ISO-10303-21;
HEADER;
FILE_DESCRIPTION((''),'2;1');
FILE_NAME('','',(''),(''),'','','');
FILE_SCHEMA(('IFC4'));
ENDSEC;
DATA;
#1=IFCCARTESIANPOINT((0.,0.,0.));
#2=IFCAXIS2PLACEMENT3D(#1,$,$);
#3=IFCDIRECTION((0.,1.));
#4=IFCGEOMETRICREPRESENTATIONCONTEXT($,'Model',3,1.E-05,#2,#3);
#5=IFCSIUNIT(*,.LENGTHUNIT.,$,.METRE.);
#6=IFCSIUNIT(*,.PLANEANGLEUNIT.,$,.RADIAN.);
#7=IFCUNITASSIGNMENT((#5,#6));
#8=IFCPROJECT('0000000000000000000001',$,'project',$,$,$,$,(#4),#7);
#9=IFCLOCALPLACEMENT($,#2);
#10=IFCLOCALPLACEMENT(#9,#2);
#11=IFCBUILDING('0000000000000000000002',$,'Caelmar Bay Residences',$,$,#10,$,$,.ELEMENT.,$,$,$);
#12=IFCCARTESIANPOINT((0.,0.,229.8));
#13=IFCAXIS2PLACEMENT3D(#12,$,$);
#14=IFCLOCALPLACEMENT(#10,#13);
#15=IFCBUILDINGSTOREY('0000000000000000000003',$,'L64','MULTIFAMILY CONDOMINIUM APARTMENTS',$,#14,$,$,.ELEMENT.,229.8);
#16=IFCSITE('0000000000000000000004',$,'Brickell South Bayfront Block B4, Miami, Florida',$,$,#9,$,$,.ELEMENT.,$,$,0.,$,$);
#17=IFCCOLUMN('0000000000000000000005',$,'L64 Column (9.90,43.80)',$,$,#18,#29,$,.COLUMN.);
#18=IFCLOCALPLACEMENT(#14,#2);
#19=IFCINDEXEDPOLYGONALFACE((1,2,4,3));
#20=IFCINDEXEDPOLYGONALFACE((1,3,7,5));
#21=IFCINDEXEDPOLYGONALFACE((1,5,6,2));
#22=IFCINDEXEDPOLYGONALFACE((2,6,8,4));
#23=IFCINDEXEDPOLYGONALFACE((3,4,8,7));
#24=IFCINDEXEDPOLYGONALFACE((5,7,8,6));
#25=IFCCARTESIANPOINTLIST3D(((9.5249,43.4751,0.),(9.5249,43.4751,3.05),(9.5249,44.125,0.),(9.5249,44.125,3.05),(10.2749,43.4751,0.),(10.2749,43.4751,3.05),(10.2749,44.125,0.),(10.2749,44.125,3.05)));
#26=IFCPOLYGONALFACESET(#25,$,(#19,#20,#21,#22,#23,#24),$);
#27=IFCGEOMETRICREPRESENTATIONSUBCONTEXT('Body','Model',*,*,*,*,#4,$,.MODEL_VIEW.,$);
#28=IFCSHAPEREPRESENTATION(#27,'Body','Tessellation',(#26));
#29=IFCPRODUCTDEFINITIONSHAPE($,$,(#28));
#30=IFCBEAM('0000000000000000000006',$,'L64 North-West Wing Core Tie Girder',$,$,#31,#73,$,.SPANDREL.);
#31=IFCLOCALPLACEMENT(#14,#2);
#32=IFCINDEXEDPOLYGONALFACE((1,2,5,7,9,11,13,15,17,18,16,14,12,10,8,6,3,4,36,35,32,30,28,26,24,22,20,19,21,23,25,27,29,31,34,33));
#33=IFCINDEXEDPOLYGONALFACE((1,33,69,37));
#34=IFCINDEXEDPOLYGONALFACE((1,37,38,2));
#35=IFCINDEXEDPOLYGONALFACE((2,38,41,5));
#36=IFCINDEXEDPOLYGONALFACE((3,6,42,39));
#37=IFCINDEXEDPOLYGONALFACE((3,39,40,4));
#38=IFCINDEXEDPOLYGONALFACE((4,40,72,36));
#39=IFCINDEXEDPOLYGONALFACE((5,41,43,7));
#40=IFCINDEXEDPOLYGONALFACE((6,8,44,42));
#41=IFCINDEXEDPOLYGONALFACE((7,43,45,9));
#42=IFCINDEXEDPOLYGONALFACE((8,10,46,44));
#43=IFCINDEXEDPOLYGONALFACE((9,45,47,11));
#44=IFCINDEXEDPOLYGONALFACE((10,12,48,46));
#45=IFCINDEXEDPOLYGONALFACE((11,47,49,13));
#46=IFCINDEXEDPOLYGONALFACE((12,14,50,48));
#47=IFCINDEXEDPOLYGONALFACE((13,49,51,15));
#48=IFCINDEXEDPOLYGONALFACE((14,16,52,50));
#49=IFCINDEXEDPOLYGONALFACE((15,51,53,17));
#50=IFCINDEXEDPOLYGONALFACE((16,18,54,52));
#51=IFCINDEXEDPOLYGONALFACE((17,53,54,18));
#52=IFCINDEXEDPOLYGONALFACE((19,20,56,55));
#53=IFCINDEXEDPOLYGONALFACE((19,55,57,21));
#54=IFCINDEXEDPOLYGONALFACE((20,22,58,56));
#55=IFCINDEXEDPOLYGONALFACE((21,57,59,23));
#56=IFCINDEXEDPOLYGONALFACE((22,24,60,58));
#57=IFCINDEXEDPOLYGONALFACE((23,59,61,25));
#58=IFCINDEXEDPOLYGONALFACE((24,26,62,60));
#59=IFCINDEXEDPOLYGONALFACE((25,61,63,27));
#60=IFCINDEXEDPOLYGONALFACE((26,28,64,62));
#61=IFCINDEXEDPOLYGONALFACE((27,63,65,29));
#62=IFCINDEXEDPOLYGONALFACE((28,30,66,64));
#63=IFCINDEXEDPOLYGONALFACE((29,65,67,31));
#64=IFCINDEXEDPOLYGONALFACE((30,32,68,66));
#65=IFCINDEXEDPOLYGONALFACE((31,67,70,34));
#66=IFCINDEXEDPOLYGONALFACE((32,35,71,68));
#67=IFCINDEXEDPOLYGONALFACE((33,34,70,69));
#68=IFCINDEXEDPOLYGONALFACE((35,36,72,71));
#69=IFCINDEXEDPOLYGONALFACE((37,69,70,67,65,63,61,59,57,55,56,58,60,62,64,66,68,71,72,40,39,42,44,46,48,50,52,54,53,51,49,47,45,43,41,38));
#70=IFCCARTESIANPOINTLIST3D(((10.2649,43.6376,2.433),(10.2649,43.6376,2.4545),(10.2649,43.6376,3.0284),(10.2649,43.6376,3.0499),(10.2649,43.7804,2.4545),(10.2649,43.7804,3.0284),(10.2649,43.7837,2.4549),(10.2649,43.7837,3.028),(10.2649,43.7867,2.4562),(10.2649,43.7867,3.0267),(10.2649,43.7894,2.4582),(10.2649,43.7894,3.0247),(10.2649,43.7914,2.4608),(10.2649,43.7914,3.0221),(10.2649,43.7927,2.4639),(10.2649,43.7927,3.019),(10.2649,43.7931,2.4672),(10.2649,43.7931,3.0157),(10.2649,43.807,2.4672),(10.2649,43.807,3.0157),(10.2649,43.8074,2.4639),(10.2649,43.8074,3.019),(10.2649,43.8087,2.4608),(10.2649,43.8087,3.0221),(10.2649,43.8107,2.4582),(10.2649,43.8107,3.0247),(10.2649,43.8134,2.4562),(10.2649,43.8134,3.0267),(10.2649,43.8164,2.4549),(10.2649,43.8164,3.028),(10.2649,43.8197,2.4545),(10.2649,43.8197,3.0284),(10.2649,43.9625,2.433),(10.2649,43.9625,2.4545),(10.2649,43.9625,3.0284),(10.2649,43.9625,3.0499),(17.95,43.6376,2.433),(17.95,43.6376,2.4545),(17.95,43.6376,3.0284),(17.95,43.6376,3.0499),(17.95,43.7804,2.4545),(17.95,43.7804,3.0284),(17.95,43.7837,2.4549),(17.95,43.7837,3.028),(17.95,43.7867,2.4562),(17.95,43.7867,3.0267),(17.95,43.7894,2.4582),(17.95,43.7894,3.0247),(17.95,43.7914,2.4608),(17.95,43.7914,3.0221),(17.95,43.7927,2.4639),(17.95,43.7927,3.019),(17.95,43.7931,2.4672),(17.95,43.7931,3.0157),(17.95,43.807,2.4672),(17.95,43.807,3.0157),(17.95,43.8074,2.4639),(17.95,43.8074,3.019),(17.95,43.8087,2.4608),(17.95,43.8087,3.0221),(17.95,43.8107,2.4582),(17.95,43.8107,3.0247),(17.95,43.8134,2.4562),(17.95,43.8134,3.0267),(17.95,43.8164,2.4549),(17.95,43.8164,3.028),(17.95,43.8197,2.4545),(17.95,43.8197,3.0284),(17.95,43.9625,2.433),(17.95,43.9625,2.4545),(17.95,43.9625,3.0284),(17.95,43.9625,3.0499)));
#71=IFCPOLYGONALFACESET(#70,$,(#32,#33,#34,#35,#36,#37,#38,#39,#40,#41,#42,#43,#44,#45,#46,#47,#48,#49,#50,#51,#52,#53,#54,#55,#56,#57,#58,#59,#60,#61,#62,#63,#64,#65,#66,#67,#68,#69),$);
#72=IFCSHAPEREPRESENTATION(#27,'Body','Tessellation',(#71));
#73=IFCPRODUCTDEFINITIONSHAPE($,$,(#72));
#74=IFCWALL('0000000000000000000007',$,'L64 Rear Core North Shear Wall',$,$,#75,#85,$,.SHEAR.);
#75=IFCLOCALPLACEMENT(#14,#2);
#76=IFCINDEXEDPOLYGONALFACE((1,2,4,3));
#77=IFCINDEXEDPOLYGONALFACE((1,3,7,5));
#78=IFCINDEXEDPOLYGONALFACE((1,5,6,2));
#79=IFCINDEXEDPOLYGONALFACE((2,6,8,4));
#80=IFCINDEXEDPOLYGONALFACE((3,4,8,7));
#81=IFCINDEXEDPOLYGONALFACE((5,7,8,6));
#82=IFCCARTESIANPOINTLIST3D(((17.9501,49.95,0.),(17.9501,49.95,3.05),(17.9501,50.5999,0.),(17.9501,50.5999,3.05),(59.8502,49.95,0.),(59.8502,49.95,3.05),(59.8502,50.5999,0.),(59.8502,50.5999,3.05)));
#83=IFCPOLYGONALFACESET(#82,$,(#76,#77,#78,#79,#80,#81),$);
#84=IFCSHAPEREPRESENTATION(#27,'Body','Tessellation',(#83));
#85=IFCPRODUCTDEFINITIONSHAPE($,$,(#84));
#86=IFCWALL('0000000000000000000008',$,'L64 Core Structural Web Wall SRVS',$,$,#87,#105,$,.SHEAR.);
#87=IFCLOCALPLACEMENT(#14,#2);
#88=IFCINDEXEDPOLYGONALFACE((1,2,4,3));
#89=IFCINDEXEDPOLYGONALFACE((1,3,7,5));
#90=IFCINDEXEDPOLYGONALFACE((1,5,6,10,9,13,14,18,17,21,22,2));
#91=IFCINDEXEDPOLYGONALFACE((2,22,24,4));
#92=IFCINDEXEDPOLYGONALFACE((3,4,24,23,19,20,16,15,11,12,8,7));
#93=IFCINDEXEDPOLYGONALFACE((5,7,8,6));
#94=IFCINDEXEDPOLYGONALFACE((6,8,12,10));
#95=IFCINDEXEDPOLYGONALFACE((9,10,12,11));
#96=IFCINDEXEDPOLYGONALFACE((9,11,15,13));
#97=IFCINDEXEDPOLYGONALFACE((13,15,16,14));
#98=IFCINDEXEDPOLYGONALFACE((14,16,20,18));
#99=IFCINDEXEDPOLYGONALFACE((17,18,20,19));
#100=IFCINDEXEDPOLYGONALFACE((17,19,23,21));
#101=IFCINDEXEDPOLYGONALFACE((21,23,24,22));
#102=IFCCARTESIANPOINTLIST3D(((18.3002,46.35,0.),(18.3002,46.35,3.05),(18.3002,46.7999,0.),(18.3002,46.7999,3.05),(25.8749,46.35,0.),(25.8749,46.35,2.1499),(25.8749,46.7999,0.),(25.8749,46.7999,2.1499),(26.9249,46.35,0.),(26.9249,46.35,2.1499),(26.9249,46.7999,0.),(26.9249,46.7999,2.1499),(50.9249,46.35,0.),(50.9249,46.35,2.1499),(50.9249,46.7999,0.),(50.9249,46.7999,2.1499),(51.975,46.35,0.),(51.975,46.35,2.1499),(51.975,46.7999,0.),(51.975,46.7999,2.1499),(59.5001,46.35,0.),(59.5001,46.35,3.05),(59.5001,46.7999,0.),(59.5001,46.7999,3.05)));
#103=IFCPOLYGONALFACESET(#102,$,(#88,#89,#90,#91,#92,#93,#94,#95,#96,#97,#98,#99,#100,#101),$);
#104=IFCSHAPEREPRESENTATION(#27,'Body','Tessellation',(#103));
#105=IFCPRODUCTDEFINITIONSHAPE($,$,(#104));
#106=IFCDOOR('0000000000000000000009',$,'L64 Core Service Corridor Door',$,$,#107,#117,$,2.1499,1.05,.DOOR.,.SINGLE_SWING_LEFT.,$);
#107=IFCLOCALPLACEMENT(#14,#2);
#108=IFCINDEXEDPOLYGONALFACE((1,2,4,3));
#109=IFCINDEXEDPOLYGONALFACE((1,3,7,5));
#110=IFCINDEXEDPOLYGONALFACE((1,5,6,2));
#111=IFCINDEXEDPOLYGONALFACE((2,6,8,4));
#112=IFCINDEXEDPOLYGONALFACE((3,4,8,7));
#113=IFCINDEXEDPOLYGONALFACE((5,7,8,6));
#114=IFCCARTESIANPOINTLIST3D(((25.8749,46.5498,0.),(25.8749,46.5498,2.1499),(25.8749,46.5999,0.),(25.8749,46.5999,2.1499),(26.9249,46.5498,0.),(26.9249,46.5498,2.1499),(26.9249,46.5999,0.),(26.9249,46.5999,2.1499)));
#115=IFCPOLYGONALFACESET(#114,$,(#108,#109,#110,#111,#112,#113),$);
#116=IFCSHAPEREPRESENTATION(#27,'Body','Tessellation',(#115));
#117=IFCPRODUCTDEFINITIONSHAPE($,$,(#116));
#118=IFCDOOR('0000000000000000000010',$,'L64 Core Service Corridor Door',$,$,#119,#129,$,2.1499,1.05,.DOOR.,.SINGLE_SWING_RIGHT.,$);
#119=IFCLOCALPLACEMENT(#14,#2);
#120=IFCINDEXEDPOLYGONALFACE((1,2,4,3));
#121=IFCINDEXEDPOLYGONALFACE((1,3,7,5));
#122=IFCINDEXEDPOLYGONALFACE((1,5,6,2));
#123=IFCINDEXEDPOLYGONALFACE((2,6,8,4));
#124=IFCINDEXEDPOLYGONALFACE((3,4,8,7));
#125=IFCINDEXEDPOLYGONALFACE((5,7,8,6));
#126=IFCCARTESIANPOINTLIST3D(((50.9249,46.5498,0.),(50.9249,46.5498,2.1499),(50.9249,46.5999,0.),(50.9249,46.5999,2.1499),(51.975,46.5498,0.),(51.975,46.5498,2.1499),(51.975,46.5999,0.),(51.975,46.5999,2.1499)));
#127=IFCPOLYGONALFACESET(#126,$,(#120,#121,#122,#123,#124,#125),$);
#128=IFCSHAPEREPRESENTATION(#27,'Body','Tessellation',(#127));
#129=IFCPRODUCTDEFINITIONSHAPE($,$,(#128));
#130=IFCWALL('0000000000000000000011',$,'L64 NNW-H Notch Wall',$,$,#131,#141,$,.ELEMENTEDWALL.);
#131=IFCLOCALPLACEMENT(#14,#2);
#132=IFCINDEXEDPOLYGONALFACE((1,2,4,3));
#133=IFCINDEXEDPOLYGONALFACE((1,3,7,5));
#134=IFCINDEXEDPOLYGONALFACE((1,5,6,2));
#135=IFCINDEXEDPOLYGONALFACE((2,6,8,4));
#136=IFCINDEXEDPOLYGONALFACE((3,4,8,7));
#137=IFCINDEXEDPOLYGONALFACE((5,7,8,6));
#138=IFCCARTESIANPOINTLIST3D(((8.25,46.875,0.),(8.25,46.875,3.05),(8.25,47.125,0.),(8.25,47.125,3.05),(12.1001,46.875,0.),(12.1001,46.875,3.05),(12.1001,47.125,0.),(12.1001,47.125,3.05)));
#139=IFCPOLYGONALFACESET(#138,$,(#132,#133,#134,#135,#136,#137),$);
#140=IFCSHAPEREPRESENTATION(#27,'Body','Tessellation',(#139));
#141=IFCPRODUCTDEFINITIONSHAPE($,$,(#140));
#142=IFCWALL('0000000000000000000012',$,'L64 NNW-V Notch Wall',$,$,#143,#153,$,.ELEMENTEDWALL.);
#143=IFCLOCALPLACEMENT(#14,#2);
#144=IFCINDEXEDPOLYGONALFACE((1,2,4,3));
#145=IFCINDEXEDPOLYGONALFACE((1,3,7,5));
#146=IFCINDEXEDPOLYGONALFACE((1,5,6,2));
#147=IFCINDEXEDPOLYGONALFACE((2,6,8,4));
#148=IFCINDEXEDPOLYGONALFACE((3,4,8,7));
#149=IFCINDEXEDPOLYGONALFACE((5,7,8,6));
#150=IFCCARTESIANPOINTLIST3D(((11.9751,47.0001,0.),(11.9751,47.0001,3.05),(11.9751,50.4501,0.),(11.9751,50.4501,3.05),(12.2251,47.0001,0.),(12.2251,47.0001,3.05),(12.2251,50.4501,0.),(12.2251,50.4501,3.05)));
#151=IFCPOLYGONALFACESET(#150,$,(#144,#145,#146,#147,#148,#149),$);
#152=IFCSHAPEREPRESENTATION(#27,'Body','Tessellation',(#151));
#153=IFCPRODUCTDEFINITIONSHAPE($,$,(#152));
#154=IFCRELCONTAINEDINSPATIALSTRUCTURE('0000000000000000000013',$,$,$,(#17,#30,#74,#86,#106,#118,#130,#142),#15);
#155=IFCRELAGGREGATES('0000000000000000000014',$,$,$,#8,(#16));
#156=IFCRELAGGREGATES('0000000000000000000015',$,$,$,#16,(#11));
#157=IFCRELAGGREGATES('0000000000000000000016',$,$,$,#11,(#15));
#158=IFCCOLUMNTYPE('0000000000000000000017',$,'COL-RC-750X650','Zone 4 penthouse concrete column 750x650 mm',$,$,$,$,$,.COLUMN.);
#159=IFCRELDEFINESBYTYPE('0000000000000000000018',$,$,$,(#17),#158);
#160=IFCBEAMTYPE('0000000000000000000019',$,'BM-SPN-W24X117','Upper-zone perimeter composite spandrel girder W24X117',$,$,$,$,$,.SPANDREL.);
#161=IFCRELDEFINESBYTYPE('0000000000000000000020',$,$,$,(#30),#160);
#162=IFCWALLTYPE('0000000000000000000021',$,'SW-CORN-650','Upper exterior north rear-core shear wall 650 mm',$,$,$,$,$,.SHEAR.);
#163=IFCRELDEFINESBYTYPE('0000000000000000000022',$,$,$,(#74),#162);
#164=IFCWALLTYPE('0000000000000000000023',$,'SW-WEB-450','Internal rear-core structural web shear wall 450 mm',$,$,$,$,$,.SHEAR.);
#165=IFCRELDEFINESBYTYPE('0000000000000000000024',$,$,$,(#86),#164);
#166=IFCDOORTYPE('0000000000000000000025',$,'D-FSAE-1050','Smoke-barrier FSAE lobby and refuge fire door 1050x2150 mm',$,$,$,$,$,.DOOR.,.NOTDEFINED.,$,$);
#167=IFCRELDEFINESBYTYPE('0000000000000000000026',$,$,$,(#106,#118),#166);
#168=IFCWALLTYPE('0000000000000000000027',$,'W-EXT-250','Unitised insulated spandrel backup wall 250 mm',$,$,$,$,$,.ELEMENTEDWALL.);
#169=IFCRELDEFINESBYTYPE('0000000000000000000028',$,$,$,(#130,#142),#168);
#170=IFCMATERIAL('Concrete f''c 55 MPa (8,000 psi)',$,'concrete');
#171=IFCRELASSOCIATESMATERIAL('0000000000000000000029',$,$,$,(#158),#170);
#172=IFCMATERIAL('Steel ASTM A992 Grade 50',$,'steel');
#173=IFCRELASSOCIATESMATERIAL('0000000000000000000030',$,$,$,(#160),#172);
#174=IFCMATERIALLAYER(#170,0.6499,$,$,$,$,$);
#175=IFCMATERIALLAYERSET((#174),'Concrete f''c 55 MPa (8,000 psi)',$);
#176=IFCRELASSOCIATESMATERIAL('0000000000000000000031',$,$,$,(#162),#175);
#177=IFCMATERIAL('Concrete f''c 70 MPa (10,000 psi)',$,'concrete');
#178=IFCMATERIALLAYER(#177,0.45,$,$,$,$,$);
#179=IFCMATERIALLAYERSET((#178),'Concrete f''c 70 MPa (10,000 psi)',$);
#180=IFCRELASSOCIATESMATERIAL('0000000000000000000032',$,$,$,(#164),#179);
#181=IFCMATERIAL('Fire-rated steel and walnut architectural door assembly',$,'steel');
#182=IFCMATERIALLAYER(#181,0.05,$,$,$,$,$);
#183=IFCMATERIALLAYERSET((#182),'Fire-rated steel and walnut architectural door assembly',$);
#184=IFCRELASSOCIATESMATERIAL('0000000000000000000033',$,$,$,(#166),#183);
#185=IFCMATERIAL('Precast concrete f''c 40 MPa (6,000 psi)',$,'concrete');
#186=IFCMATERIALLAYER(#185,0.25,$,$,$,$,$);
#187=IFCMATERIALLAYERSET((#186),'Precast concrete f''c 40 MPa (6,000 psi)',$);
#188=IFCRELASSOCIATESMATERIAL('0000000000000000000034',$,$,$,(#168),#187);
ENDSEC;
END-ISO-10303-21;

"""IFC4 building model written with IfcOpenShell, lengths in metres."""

from ifc_helpers import new_model, si_unit, direction, frame, frame_2d, origin, origin_2d, place, context, subcontext, project, spatial, rectangle, i_section, extrude, material, layer, layer_set, material_profile, profile_set, type_object, element, fill, save


model = new_model("IFC4")

# Units and contexts
model_context = context("Model", 3, precision=1e-05, world=origin(), true_north=direction((0.0, 1.0)))
body_context = subcontext(model_context, "Body", "Model", "MODEL_VIEW")
ifc_project = project(units=[si_unit("LENGTHUNIT", "METRE"), si_unit("PLANEANGLEUNIT", "RADIAN")], contexts=[model_context])

# Site, building, storey
site_placement = place(None, origin())
site = spatial("IfcSite", under=ifc_project, at=site_placement, Name="Brickell South Bayfront Block B4, Miami, Florida", CompositionType="ELEMENT", RefElevation=0.0)
building_placement = place(site_placement, origin())
building = spatial("IfcBuilding", under=site, at=building_placement, Name="Caelmar Bay Residences", CompositionType="ELEMENT")
storey_placement = place(building_placement, frame((0.0, 0.0, 229.8)))
storey = spatial("IfcBuildingStorey", under=building, at=storey_placement, Name="L64", Description="MULTIFAMILY CONDOMINIUM APARTMENTS", CompositionType="ELEMENT", Elevation=229.8)

# Column
ifc_material_1 = material(Name="Concrete f'c 55 MPa (8,000 psi)", Category="concrete")
ifc_material_profile_1 = material_profile(ifc_material_1, rectangle(XDim=0.75, YDim=0.6499, at=origin_2d()), Name="RC-COL-750X650")
ifc_profile_set_1 = profile_set([ifc_material_profile_1], Name="Concrete f'c 55 MPa (8,000 psi)")
column_type = type_object("IfcColumnType", Name="COL-RC-750X650", Description="Zone 4 penthouse concrete column 750x650 mm", PredefinedType="COLUMN", material=ifc_profile_set_1)
column_placement = place(storey_placement, frame((9.8999, 43.8, 0.0), z_axis=(0.0, 0.0, 1.0), x_axis=(1.0, 0.0, 0.0)))
element("IfcColumn", 1, at=column_placement, inside=storey, type_object=column_type, Name="L64 Column (9.90,43.80)", PredefinedType="COLUMN", context=body_context, shape_type="SweptSolid", body=[
    extrude(rectangle(XDim=0.75, YDim=0.6499, at=origin_2d()), origin(), (0.0, 0.0, 1.0), 3.05),
])

# Beam
ifc_material_2 = material(Name="Steel ASTM A992 Grade 50", Category="steel")
ifc_material_profile_2 = material_profile(ifc_material_2, i_section(OverallWidth=0.325, OverallDepth=0.6169, WebThickness=0.0139, FlangeThickness=0.0215, FilletRadius=0.0127, at=origin_2d()), Name="W24X117")
ifc_profile_set_2 = profile_set([ifc_material_profile_2], Name="Steel ASTM A992 Grade 50")
beam_type = type_object("IfcBeamType", Name="BM-SPN-W24X117", Description="Upper-zone perimeter composite spandrel girder W24X117", PredefinedType="SPANDREL", material=ifc_profile_set_2)
beam_placement = place(storey_placement, frame((10.2649, 43.8, 2.7415), z_axis=(1.0, 0.0, 0.0), x_axis=(0.0, 1.0, 0.0)))
element("IfcBeam", 2, at=beam_placement, inside=storey, type_object=beam_type, Name="L64 North-West Wing Core Tie Girder", PredefinedType="SPANDREL", context=body_context, shape_type="SweptSolid", body=[
    extrude(i_section(OverallWidth=0.325, OverallDepth=0.6169, WebThickness=0.0139, FlangeThickness=0.0215, FilletRadius=0.0127, at=origin_2d()), origin(), (0.0, 0.0, 1.0), 7.6851),
])

# Wall
ifc_layer_1 = layer(ifc_material_1, 0.6499)
ifc_layer_set_1 = layer_set([ifc_layer_1], Name="Concrete f'c 55 MPa (8,000 psi)")
wall_type_1 = type_object("IfcWallType", Name="SW-CORN-650", Description="Upper exterior north rear-core shear wall 650 mm", PredefinedType="SHEAR", material=ifc_layer_set_1)
wall_1_placement = place(storey_placement, frame((17.95, 50.2749, 0.0), z_axis=(0.0, 0.0, 1.0), x_axis=(1.0, 0.0, 0.0)))
element("IfcWall", 3, at=wall_1_placement, inside=storey, type_object=wall_type_1, Name="L64 Rear Core North Shear Wall", PredefinedType="SHEAR", context=body_context, shape_type="SweptSolid", body=[
    extrude(rectangle(XDim=41.9001, YDim=0.6499, at=frame_2d((20.9502, 0.0))), origin(), (0.0, 0.0, 1.0), 3.05),
])

# Wall, openings, doors
ifc_material_3 = material(Name="Concrete f'c 70 MPa (10,000 psi)", Category="concrete")
ifc_layer_2 = layer(ifc_material_3, 0.45)
ifc_layer_set_2 = layer_set([ifc_layer_2], Name="Concrete f'c 70 MPa (10,000 psi)")
wall_type_2 = type_object("IfcWallType", Name="SW-WEB-450", Description="Internal rear-core structural web shear wall 450 mm", PredefinedType="SHEAR", material=ifc_layer_set_2)
wall_2_placement = place(storey_placement, frame((18.3, 46.575, 0.0), z_axis=(0.0, 0.0, 1.0), x_axis=(1.0, 0.0, 0.0)))
wall_2 = element("IfcWall", 4, at=wall_2_placement, inside=storey, type_object=wall_type_2, Name="L64 Core Structural Web Wall SRVS", PredefinedType="SHEAR", context=body_context, shape_type="SweptSolid", body=[
    extrude(rectangle(XDim=41.2, YDim=0.45, at=frame_2d((20.6001, 0.0))), origin(), (0.0, 0.0, 1.0), 3.05),
])
opening_1_placement = place(wall_2_placement, frame((7.575, 0.0, 0.0)))
opening_1 = element("IfcOpeningElement", 5, at=opening_1_placement, cuts=wall_2, PredefinedType="OPENING", context=body_context, shape_type="SweptSolid", body=[
    extrude(rectangle(XDim=1.05, YDim=2.1499, at=frame_2d((0.5249, 1.075))), frame((0.0, 0.2349, 0.0), z_axis=(0.0, -1.0, 0.0), x_axis=(1.0, 0.0, 0.0)), (0.0, 0.0, 1.0), 0.47),
])
opening_2_placement = place(wall_2_placement, frame((32.625, 0.0, 0.0)))
opening_2 = element("IfcOpeningElement", 6, at=opening_2_placement, cuts=wall_2, PredefinedType="OPENING", context=body_context, shape_type="SweptSolid", body=[
    extrude(rectangle(XDim=1.05, YDim=2.1499, at=frame_2d((0.5249, 1.075))), frame((0.0, 0.2349, 0.0), z_axis=(0.0, -1.0, 0.0), x_axis=(1.0, 0.0, 0.0)), (0.0, 0.0, 1.0), 0.47),
])
ifc_material_4 = material(Name="Fire-rated steel and walnut architectural door assembly", Category="steel")
ifc_layer_3 = layer(ifc_material_4, 0.05)
ifc_layer_set_3 = layer_set([ifc_layer_3], Name="Fire-rated steel and walnut architectural door assembly")
door_type_1 = type_object("IfcDoorType", Name="D-FSAE-1050", Description="Smoke-barrier FSAE lobby and refuge fire door 1050x2150 mm", OperationType="NOTDEFINED", PredefinedType="DOOR", material=ifc_layer_set_3)
door_1_placement = place(opening_1_placement, origin())
door_1 = element("IfcDoor", 7, at=door_1_placement, inside=storey, type_object=door_type_1, Name="L64 Core Service Corridor Door", OperationType="SINGLE_SWING_LEFT", OverallHeight=2.1499, OverallWidth=1.05, PredefinedType="DOOR", context=body_context, shape_type="SweptSolid", body=[
    extrude(rectangle(XDim=1.05, YDim=2.1499, at=frame_2d((0.5249, 1.075))), frame((0.0, 0.0249, 0.0), z_axis=(0.0, -1.0, 0.0), x_axis=(1.0, 0.0, 0.0)), (0.0, 0.0, 1.0), 0.05),
])
fill(opening_1, door_1)
door_2_placement = place(opening_2_placement, origin())
door_2 = element("IfcDoor", 8, at=door_2_placement, inside=storey, type_object=door_type_1, Name="L64 Core Service Corridor Door", OperationType="SINGLE_SWING_RIGHT", OverallHeight=2.1499, OverallWidth=1.05, PredefinedType="DOOR", context=body_context, shape_type="SweptSolid", body=[
    extrude(rectangle(XDim=1.05, YDim=2.1499, at=frame_2d((0.5249, 1.075))), frame((0.0, 0.0249, 0.0), z_axis=(0.0, -1.0, 0.0), x_axis=(1.0, 0.0, 0.0)), (0.0, 0.0, 1.0), 0.05),
])
fill(opening_2, door_2)

# Walls
ifc_material_5 = material(Name="Precast concrete f'c 40 MPa (6,000 psi)", Category="concrete")
ifc_layer_4 = layer(ifc_material_5, 0.25)
ifc_layer_set_4 = layer_set([ifc_layer_4], Name="Precast concrete f'c 40 MPa (6,000 psi)")
wall_type_3 = type_object("IfcWallType", Name="W-EXT-250", Description="Unitised insulated spandrel backup wall 250 mm", PredefinedType="ELEMENTEDWALL", material=ifc_layer_set_4)
wall_3_placement = place(storey_placement, frame((8.25, 47.0, 0.0), z_axis=(0.0, 0.0, 1.0), x_axis=(1.0, 0.0, 0.0)))
element("IfcWall", 9, at=wall_3_placement, inside=storey, type_object=wall_type_3, Name="L64 NNW-H Notch Wall", PredefinedType="ELEMENTEDWALL", context=body_context, shape_type="SweptSolid", body=[
    extrude(rectangle(XDim=3.8501, YDim=0.25, at=frame_2d((1.925, 0.0))), origin(), (0.0, 0.0, 1.0), 3.05),
])
wall_4_placement = place(storey_placement, frame((12.1001, 47.0, 0.0), z_axis=(0.0, 0.0, 1.0), x_axis=(0.0, 1.0, 0.0)))
element("IfcWall", 10, at=wall_4_placement, inside=storey, type_object=wall_type_3, Name="L64 NNW-V Notch Wall", PredefinedType="ELEMENTEDWALL", context=body_context, shape_type="SweptSolid", body=[
    extrude(rectangle(XDim=3.45, YDim=0.25, at=frame_2d((1.7251, 0.0))), origin(), (0.0, 0.0, 1.0), 3.05),
])

save(model, "model.ifc")
